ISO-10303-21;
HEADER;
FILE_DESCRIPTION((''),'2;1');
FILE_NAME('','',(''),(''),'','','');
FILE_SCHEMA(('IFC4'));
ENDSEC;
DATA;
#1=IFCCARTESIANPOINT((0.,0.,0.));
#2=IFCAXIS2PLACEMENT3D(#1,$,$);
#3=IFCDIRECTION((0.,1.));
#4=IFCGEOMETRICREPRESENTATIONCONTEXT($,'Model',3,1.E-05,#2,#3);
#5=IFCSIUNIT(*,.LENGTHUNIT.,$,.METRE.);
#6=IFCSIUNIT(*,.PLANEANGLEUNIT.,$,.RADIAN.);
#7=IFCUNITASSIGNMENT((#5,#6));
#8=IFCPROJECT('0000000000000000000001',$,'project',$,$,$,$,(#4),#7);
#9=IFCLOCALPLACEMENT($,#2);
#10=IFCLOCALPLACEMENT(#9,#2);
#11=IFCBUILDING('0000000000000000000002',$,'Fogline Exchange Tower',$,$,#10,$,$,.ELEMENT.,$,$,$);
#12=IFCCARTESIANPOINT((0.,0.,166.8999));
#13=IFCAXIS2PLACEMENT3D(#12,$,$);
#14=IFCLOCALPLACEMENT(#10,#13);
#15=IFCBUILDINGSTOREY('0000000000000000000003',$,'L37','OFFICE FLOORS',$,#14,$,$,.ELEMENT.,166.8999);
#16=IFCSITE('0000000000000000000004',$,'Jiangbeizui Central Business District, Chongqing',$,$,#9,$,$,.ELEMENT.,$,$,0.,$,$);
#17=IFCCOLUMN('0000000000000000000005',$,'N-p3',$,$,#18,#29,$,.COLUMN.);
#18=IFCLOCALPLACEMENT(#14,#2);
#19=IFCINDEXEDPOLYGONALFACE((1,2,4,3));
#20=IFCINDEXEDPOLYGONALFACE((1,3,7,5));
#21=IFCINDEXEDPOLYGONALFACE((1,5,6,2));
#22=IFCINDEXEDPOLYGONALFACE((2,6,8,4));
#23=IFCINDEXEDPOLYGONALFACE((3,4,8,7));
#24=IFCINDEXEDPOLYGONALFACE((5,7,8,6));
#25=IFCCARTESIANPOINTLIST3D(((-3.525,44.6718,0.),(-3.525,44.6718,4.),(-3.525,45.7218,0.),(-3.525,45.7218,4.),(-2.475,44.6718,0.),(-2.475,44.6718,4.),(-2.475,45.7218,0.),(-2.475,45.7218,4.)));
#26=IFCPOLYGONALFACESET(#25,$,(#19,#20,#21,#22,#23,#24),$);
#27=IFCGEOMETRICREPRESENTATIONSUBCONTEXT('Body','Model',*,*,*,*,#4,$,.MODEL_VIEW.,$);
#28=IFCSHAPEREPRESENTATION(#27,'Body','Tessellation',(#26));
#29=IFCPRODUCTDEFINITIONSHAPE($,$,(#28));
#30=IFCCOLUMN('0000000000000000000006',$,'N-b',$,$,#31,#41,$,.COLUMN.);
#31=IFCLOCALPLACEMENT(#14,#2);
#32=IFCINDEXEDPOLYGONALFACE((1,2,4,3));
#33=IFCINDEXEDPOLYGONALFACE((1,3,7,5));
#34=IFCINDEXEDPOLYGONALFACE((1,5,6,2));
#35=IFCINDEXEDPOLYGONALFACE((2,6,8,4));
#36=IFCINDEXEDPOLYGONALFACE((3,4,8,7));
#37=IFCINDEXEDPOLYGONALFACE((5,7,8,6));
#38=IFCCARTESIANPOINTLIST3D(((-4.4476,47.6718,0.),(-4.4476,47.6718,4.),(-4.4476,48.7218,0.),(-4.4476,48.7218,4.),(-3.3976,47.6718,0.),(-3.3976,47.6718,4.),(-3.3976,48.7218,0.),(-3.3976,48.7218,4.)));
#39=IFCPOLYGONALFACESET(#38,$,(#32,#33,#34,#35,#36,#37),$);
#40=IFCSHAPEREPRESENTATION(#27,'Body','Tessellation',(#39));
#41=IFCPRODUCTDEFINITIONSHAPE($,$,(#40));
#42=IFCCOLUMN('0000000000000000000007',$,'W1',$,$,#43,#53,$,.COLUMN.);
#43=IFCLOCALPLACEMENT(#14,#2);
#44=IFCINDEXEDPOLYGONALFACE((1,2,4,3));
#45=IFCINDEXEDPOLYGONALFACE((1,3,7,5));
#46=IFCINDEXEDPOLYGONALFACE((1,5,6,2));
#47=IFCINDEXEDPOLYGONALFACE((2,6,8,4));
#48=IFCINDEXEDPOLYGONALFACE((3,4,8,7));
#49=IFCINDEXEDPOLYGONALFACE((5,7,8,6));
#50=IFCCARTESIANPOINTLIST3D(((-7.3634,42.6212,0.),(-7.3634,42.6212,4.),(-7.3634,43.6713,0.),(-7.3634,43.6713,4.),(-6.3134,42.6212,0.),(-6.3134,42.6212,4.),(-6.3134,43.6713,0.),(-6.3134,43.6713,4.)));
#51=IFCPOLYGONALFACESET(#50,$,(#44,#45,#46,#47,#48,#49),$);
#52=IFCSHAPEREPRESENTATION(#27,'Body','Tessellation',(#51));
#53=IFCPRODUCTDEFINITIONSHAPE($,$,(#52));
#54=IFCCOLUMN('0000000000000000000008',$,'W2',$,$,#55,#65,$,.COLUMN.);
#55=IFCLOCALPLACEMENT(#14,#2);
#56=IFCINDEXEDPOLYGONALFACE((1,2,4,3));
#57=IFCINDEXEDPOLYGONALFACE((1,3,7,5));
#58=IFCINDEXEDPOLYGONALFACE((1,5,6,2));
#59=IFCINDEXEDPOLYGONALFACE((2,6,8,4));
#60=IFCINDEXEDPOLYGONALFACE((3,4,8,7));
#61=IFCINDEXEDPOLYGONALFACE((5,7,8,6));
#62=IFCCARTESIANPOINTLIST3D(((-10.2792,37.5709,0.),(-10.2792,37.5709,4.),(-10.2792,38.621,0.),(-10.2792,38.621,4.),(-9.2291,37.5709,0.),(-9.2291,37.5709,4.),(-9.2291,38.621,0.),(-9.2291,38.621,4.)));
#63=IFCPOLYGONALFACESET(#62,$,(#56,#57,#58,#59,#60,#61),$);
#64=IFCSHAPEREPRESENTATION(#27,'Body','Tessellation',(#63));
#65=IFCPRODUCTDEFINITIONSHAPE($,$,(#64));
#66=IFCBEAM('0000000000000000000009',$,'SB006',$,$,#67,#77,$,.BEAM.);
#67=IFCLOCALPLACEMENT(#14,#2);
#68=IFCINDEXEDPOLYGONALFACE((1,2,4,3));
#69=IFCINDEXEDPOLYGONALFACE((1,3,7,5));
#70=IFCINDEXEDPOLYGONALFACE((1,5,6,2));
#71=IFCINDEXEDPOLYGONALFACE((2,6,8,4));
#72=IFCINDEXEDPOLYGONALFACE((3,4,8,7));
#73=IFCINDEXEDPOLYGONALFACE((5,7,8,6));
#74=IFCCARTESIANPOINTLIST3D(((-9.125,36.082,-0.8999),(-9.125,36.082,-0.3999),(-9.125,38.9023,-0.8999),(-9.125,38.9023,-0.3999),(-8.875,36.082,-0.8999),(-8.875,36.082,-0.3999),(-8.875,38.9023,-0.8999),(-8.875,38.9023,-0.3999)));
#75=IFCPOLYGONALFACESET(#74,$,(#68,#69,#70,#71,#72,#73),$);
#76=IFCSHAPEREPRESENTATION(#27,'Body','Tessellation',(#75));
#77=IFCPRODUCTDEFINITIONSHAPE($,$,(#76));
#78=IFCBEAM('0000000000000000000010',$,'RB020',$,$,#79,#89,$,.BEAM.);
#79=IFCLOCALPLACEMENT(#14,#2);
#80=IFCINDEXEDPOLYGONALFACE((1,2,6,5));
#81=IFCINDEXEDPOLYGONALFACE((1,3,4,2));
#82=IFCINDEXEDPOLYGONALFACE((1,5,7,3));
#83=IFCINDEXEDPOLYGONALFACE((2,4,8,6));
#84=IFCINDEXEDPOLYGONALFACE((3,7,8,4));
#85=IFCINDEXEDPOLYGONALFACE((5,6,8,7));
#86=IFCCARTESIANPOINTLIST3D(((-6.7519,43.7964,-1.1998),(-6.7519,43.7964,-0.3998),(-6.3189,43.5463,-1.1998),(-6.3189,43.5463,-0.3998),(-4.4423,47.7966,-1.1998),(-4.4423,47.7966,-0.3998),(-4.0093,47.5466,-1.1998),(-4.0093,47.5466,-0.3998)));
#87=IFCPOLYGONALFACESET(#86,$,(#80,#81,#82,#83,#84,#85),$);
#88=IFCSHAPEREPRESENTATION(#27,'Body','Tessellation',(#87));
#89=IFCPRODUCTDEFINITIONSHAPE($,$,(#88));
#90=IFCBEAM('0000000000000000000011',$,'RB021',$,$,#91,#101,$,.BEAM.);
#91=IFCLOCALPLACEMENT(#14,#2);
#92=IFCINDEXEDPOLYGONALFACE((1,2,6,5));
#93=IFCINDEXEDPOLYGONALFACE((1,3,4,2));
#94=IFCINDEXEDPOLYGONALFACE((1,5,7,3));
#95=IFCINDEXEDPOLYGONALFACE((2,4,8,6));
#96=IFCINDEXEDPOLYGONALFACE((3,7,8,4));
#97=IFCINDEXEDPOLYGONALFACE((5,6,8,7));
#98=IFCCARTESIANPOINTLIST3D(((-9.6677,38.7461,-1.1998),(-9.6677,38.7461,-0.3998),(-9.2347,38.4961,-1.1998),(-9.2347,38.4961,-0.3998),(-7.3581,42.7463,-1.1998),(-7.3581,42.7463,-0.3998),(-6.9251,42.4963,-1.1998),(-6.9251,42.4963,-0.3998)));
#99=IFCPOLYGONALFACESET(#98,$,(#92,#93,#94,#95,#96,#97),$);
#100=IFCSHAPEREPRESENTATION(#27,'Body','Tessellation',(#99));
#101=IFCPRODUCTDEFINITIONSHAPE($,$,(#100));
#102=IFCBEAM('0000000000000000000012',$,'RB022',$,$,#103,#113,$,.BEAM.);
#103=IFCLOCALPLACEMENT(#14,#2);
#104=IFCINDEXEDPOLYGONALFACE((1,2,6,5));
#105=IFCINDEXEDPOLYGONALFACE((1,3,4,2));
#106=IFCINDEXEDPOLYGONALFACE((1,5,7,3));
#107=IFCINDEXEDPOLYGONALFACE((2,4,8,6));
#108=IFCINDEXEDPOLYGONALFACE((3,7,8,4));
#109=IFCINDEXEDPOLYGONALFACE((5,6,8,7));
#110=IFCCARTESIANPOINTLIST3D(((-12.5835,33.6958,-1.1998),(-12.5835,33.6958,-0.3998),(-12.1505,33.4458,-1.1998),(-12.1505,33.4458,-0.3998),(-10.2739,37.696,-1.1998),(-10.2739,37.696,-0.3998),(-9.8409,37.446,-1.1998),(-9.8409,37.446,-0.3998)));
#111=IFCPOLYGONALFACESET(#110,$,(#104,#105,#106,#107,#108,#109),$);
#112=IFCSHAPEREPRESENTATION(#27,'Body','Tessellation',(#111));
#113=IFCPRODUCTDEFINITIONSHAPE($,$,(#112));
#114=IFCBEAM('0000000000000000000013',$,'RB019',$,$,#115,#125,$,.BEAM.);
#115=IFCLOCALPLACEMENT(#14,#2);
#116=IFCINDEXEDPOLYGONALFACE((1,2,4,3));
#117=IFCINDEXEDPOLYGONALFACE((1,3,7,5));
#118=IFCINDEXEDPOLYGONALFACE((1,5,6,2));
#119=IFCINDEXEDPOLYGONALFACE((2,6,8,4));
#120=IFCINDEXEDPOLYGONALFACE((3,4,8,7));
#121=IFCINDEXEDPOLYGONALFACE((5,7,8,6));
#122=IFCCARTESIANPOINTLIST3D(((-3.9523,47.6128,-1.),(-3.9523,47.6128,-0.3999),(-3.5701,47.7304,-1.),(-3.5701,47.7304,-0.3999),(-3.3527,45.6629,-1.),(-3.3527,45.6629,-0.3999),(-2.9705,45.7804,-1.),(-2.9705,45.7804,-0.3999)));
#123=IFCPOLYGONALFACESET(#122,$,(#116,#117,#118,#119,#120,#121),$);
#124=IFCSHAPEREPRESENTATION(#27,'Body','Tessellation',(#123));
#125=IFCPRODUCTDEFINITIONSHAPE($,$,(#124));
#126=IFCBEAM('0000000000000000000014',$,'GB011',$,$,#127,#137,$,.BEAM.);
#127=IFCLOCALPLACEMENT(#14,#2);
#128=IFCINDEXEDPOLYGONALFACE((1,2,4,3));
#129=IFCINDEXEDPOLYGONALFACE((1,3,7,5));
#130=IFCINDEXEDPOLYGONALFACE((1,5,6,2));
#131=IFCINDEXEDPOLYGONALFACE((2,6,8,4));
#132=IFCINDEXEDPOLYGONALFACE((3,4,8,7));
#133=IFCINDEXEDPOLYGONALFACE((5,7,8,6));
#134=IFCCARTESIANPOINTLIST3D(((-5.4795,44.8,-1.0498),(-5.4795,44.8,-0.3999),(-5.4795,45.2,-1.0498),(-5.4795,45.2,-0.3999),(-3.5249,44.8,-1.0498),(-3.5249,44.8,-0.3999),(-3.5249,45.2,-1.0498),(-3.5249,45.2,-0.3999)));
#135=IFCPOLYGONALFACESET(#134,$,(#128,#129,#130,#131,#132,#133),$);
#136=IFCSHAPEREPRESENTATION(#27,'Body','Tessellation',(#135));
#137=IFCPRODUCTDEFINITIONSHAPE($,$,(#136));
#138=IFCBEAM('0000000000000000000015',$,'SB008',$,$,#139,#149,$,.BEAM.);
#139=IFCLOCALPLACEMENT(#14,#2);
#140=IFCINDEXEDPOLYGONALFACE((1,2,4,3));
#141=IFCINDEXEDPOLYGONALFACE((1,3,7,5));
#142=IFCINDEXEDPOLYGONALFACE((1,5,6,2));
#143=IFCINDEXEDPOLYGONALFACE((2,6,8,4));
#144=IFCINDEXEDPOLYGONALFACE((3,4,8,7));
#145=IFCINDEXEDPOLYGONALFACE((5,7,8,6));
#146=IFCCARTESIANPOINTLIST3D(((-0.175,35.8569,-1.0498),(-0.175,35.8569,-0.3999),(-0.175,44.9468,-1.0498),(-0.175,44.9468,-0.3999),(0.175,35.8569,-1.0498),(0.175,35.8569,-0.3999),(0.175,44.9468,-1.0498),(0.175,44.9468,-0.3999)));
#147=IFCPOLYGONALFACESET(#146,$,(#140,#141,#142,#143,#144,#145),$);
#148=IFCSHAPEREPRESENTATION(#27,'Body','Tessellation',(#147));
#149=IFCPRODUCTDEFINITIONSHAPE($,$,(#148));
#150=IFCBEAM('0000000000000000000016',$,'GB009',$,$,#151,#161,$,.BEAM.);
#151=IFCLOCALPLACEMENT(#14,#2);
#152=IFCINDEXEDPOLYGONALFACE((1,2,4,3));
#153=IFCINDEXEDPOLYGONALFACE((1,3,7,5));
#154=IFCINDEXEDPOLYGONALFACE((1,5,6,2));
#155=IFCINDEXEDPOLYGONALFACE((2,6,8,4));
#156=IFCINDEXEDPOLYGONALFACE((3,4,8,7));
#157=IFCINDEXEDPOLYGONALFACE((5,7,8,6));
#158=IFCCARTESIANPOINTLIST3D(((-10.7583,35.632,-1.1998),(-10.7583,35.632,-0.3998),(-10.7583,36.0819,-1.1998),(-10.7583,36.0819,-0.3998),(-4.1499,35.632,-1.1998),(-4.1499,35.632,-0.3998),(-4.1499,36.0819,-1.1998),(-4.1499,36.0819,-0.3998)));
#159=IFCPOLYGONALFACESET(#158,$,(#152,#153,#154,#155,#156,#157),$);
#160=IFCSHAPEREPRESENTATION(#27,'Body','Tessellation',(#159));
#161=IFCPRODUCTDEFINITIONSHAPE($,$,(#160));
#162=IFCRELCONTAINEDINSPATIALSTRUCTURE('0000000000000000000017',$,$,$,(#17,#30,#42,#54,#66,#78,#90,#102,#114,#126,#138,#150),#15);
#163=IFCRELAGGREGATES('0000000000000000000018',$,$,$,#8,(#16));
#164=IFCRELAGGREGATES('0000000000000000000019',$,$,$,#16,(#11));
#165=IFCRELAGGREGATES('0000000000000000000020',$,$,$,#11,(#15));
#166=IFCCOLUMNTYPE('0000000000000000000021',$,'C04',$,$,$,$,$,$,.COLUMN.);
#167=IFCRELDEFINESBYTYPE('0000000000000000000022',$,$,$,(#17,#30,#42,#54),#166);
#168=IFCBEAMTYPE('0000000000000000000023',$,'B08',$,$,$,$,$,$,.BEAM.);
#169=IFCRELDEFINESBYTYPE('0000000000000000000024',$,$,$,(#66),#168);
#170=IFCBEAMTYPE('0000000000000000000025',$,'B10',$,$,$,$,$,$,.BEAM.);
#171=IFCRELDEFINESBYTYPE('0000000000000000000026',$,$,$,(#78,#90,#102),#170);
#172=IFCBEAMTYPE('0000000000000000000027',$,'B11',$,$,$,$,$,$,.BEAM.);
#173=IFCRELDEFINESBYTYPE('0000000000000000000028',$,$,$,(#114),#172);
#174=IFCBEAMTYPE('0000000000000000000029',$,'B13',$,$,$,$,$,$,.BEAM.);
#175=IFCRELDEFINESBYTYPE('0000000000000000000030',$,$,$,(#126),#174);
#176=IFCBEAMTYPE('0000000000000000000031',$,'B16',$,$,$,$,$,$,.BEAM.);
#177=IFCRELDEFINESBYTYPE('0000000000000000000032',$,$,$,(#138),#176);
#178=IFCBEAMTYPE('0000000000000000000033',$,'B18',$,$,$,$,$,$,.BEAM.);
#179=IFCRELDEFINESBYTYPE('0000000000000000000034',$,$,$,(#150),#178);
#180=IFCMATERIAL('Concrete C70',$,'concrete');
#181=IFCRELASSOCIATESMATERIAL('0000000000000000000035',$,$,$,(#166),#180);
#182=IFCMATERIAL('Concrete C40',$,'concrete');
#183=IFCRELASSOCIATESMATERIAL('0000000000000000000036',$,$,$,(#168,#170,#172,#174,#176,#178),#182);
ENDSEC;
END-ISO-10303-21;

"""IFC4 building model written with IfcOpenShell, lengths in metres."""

from ifc_helpers import new_model, si_unit, direction, frame, origin, origin_2d, place, context, subcontext, project, spatial, rectangle, extrude, material, material_profile, profile_set, type_object, element, save


model = new_model("IFC4")

# Units and contexts
model_context = context("Model", 3, precision=1e-05, world=origin(), true_north=direction((0.0, 1.0)))
body_context = subcontext(model_context, "Body", "Model", "MODEL_VIEW")
ifc_project = project(units=[si_unit("LENGTHUNIT", "METRE"), si_unit("PLANEANGLEUNIT", "RADIAN")], contexts=[model_context])

# Site, building, storey
site_placement = place(None, origin())
site = spatial("IfcSite", under=ifc_project, at=site_placement, Name="Jiangbeizui Central Business District, Chongqing", CompositionType="ELEMENT", RefElevation=0.0)
building_placement = place(site_placement, origin())
building = spatial("IfcBuilding", under=site, at=building_placement, Name="Fogline Exchange Tower", CompositionType="ELEMENT")
storey_placement = place(building_placement, frame((0.0, 0.0, 166.8999)))
storey = spatial("IfcBuildingStorey", under=building, at=storey_placement, Name="L37", Description="OFFICE FLOORS", CompositionType="ELEMENT", Elevation=166.8999)

# Columns
ifc_material_1 = material(Name="Concrete C70", Category="concrete")
ifc_material_profile_1 = material_profile(ifc_material_1, rectangle(XDim=1.05, YDim=1.05, at=origin_2d()), Name="RC 1050x1050")
ifc_profile_set_1 = profile_set([ifc_material_profile_1], Name="Concrete C70")
column_type = type_object("IfcColumnType", Name="C04", PredefinedType="COLUMN", material=ifc_profile_set_1)
for number, where, z_axis, x_axis, name in (
    (1, (-3.0, 45.1968, 0.0), (0.0, 0.0, 1.0), (1.0, 0.0, 0.0), "N-p3"),
    (2, (-3.9226, 48.1968, 0.0), (0.0, 0.0, 1.0), (1.0, 0.0, 0.0), "N-b"),
    (3, (-6.8384, 43.1462, 0.0), (0.0, 0.0, 1.0), (1.0, 0.0, 0.0), "W1"),
    (4, (-9.7542, 38.0959, 0.0), (0.0, 0.0, 1.0), (1.0, 0.0, 0.0), "W2"),
):
    element("IfcColumn", number, at=place(storey_placement, frame(where, z_axis=z_axis, x_axis=x_axis)), inside=storey, type_object=column_type, Name=name, PredefinedType="COLUMN", context=body_context, shape_type="SweptSolid", body=[
        extrude(rectangle(XDim=1.05, YDim=1.05, at=origin_2d()), origin(), (0.0, 0.0, 1.0), 4.0),
    ])

# Beams
ifc_material_2 = material(Name="Concrete C40", Category="concrete")
ifc_material_profile_2 = material_profile(ifc_material_2, rectangle(XDim=0.25, YDim=0.5, at=origin_2d()), Name="RC 250x500")
ifc_profile_set_2 = profile_set([ifc_material_profile_2], Name="Concrete C40")
beam_type_1 = type_object("IfcBeamType", Name="B08", PredefinedType="BEAM", material=ifc_profile_set_2)
beam_1_placement = place(storey_placement, frame((-9.0, 36.082, -0.6499), z_axis=(0.0, 1.0, 0.0), x_axis=(-1.0, 0.0, 0.0)))
element("IfcBeam", 5, at=beam_1_placement, inside=storey, type_object=beam_type_1, Name="SB006", PredefinedType="BEAM", context=body_context, shape_type="SweptSolid", body=[
    extrude(rectangle(XDim=0.25, YDim=0.5, at=origin_2d()), origin(), (0.0, 0.0, 1.0), 2.8203),
])
ifc_material_profile_3 = material_profile(ifc_material_2, rectangle(XDim=0.5, YDim=0.8, at=origin_2d()), Name="RC 500x800")
ifc_profile_set_3 = profile_set([ifc_material_profile_3], Name="Concrete C40")
beam_type_2 = type_object("IfcBeamType", Name="B10", PredefinedType="BEAM", material=ifc_profile_set_3)
for number, where, z_axis, x_axis, name in (
    (6, (-4.2258, 47.6716, -0.7998), (-0.500005, -0.866023, 0.0), (0.866023, -0.500005, 0.0), "RB020"),
    (7, (-7.1416, 42.6213, -0.7998), (-0.500005, -0.866023, 0.0), (0.866023, -0.500005, 0.0), "RB021"),
    (8, (-10.0574, 37.571, -0.7998), (-0.500005, -0.866023, 0.0), (0.866023, -0.500005, 0.0), "RB022"),
):
    element("IfcBeam", number, at=place(storey_placement, frame(where, z_axis=z_axis, x_axis=x_axis)), inside=storey, type_object=beam_type_2, Name=name, PredefinedType="BEAM", context=body_context, shape_type="SweptSolid", body=[
        extrude(rectangle(XDim=0.5, YDim=0.8, at=origin_2d()), origin(), (0.0, 0.0, 1.0), 4.6191),
    ])
ifc_material_profile_4 = material_profile(ifc_material_2, rectangle(XDim=0.3999, YDim=0.6001, at=origin_2d()), Name="RC 400x600")
ifc_profile_set_4 = profile_set([ifc_material_profile_4], Name="Concrete C40")
beam_type_3 = type_object("IfcBeamType", Name="B11", PredefinedType="BEAM", material=ifc_profile_set_4)
beam_2_placement = place(storey_placement, frame((-3.1616, 45.7217, -0.7), z_axis=(-0.293918, 0.955831, 0.0), x_axis=(-0.955831, -0.293918, 0.0)))
element("IfcBeam", 9, at=beam_2_placement, inside=storey, type_object=beam_type_3, Name="RB019", PredefinedType="BEAM", context=body_context, shape_type="SweptSolid", body=[
    extrude(rectangle(XDim=0.3999, YDim=0.6001, at=origin_2d()), origin(), (0.0, 0.0, 1.0), 2.04),
])
ifc_material_profile_5 = material_profile(ifc_material_2, rectangle(XDim=0.3999, YDim=0.6499, at=origin_2d()), Name="RC 400x650")
ifc_profile_set_5 = profile_set([ifc_material_profile_5], Name="Concrete C40")
beam_type_4 = type_object("IfcBeamType", Name="B13", PredefinedType="BEAM", material=ifc_profile_set_5)
beam_3_placement = place(storey_placement, frame((-5.4795, 45.0, -0.7249), z_axis=(1.0, 0.0, 0.0), x_axis=(0.0, 1.0, 0.0)))
element("IfcBeam", 10, at=beam_3_placement, inside=storey, type_object=beam_type_4, Name="GB011", PredefinedType="BEAM", context=body_context, shape_type="SweptSolid", body=[
    extrude(rectangle(XDim=0.3999, YDim=0.6499, at=origin_2d()), origin(), (0.0, 0.0, 1.0), 1.9546),
])
ifc_material_profile_6 = material_profile(ifc_material_2, rectangle(XDim=0.3501, YDim=0.6499, at=origin_2d()), Name="RC 350x650")
ifc_profile_set_6 = profile_set([ifc_material_profile_6], Name="Concrete C40")
beam_type_5 = type_object("IfcBeamType", Name="B16", PredefinedType="BEAM", material=ifc_profile_set_6)
beam_4_placement = place(storey_placement, frame((0.0, 35.8569, -0.7249), z_axis=(0.0, 1.0, 0.0), x_axis=(-1.0, 0.0, 0.0)))
element("IfcBeam", 11, at=beam_4_placement, inside=storey, type_object=beam_type_5, Name="SB008", PredefinedType="BEAM", context=body_context, shape_type="SweptSolid", body=[
    extrude(rectangle(XDim=0.3501, YDim=0.6499, at=origin_2d()), origin(), (0.0, 0.0, 1.0), 9.0898),
])
ifc_material_profile_7 = material_profile(ifc_material_2, rectangle(XDim=0.45, YDim=0.8, at=origin_2d()), Name="RC 450x800")
ifc_profile_set_7 = profile_set([ifc_material_profile_7], Name="Concrete C40")
beam_type_6 = type_object("IfcBeamType", Name="B18", PredefinedType="BEAM", material=ifc_profile_set_7)
beam_5_placement = place(storey_placement, frame((-10.7583, 35.8569, -0.7998), z_axis=(1.0, 0.0, 0.0), x_axis=(0.0, 1.0, 0.0)))
element("IfcBeam", 12, at=beam_5_placement, inside=storey, type_object=beam_type_6, Name="GB009", PredefinedType="BEAM", context=body_context, shape_type="SweptSolid", body=[
    extrude(rectangle(XDim=0.45, YDim=0.8, at=origin_2d()), origin(), (0.0, 0.0, 1.0), 6.6084),
])

save(model, "model.ifc")
